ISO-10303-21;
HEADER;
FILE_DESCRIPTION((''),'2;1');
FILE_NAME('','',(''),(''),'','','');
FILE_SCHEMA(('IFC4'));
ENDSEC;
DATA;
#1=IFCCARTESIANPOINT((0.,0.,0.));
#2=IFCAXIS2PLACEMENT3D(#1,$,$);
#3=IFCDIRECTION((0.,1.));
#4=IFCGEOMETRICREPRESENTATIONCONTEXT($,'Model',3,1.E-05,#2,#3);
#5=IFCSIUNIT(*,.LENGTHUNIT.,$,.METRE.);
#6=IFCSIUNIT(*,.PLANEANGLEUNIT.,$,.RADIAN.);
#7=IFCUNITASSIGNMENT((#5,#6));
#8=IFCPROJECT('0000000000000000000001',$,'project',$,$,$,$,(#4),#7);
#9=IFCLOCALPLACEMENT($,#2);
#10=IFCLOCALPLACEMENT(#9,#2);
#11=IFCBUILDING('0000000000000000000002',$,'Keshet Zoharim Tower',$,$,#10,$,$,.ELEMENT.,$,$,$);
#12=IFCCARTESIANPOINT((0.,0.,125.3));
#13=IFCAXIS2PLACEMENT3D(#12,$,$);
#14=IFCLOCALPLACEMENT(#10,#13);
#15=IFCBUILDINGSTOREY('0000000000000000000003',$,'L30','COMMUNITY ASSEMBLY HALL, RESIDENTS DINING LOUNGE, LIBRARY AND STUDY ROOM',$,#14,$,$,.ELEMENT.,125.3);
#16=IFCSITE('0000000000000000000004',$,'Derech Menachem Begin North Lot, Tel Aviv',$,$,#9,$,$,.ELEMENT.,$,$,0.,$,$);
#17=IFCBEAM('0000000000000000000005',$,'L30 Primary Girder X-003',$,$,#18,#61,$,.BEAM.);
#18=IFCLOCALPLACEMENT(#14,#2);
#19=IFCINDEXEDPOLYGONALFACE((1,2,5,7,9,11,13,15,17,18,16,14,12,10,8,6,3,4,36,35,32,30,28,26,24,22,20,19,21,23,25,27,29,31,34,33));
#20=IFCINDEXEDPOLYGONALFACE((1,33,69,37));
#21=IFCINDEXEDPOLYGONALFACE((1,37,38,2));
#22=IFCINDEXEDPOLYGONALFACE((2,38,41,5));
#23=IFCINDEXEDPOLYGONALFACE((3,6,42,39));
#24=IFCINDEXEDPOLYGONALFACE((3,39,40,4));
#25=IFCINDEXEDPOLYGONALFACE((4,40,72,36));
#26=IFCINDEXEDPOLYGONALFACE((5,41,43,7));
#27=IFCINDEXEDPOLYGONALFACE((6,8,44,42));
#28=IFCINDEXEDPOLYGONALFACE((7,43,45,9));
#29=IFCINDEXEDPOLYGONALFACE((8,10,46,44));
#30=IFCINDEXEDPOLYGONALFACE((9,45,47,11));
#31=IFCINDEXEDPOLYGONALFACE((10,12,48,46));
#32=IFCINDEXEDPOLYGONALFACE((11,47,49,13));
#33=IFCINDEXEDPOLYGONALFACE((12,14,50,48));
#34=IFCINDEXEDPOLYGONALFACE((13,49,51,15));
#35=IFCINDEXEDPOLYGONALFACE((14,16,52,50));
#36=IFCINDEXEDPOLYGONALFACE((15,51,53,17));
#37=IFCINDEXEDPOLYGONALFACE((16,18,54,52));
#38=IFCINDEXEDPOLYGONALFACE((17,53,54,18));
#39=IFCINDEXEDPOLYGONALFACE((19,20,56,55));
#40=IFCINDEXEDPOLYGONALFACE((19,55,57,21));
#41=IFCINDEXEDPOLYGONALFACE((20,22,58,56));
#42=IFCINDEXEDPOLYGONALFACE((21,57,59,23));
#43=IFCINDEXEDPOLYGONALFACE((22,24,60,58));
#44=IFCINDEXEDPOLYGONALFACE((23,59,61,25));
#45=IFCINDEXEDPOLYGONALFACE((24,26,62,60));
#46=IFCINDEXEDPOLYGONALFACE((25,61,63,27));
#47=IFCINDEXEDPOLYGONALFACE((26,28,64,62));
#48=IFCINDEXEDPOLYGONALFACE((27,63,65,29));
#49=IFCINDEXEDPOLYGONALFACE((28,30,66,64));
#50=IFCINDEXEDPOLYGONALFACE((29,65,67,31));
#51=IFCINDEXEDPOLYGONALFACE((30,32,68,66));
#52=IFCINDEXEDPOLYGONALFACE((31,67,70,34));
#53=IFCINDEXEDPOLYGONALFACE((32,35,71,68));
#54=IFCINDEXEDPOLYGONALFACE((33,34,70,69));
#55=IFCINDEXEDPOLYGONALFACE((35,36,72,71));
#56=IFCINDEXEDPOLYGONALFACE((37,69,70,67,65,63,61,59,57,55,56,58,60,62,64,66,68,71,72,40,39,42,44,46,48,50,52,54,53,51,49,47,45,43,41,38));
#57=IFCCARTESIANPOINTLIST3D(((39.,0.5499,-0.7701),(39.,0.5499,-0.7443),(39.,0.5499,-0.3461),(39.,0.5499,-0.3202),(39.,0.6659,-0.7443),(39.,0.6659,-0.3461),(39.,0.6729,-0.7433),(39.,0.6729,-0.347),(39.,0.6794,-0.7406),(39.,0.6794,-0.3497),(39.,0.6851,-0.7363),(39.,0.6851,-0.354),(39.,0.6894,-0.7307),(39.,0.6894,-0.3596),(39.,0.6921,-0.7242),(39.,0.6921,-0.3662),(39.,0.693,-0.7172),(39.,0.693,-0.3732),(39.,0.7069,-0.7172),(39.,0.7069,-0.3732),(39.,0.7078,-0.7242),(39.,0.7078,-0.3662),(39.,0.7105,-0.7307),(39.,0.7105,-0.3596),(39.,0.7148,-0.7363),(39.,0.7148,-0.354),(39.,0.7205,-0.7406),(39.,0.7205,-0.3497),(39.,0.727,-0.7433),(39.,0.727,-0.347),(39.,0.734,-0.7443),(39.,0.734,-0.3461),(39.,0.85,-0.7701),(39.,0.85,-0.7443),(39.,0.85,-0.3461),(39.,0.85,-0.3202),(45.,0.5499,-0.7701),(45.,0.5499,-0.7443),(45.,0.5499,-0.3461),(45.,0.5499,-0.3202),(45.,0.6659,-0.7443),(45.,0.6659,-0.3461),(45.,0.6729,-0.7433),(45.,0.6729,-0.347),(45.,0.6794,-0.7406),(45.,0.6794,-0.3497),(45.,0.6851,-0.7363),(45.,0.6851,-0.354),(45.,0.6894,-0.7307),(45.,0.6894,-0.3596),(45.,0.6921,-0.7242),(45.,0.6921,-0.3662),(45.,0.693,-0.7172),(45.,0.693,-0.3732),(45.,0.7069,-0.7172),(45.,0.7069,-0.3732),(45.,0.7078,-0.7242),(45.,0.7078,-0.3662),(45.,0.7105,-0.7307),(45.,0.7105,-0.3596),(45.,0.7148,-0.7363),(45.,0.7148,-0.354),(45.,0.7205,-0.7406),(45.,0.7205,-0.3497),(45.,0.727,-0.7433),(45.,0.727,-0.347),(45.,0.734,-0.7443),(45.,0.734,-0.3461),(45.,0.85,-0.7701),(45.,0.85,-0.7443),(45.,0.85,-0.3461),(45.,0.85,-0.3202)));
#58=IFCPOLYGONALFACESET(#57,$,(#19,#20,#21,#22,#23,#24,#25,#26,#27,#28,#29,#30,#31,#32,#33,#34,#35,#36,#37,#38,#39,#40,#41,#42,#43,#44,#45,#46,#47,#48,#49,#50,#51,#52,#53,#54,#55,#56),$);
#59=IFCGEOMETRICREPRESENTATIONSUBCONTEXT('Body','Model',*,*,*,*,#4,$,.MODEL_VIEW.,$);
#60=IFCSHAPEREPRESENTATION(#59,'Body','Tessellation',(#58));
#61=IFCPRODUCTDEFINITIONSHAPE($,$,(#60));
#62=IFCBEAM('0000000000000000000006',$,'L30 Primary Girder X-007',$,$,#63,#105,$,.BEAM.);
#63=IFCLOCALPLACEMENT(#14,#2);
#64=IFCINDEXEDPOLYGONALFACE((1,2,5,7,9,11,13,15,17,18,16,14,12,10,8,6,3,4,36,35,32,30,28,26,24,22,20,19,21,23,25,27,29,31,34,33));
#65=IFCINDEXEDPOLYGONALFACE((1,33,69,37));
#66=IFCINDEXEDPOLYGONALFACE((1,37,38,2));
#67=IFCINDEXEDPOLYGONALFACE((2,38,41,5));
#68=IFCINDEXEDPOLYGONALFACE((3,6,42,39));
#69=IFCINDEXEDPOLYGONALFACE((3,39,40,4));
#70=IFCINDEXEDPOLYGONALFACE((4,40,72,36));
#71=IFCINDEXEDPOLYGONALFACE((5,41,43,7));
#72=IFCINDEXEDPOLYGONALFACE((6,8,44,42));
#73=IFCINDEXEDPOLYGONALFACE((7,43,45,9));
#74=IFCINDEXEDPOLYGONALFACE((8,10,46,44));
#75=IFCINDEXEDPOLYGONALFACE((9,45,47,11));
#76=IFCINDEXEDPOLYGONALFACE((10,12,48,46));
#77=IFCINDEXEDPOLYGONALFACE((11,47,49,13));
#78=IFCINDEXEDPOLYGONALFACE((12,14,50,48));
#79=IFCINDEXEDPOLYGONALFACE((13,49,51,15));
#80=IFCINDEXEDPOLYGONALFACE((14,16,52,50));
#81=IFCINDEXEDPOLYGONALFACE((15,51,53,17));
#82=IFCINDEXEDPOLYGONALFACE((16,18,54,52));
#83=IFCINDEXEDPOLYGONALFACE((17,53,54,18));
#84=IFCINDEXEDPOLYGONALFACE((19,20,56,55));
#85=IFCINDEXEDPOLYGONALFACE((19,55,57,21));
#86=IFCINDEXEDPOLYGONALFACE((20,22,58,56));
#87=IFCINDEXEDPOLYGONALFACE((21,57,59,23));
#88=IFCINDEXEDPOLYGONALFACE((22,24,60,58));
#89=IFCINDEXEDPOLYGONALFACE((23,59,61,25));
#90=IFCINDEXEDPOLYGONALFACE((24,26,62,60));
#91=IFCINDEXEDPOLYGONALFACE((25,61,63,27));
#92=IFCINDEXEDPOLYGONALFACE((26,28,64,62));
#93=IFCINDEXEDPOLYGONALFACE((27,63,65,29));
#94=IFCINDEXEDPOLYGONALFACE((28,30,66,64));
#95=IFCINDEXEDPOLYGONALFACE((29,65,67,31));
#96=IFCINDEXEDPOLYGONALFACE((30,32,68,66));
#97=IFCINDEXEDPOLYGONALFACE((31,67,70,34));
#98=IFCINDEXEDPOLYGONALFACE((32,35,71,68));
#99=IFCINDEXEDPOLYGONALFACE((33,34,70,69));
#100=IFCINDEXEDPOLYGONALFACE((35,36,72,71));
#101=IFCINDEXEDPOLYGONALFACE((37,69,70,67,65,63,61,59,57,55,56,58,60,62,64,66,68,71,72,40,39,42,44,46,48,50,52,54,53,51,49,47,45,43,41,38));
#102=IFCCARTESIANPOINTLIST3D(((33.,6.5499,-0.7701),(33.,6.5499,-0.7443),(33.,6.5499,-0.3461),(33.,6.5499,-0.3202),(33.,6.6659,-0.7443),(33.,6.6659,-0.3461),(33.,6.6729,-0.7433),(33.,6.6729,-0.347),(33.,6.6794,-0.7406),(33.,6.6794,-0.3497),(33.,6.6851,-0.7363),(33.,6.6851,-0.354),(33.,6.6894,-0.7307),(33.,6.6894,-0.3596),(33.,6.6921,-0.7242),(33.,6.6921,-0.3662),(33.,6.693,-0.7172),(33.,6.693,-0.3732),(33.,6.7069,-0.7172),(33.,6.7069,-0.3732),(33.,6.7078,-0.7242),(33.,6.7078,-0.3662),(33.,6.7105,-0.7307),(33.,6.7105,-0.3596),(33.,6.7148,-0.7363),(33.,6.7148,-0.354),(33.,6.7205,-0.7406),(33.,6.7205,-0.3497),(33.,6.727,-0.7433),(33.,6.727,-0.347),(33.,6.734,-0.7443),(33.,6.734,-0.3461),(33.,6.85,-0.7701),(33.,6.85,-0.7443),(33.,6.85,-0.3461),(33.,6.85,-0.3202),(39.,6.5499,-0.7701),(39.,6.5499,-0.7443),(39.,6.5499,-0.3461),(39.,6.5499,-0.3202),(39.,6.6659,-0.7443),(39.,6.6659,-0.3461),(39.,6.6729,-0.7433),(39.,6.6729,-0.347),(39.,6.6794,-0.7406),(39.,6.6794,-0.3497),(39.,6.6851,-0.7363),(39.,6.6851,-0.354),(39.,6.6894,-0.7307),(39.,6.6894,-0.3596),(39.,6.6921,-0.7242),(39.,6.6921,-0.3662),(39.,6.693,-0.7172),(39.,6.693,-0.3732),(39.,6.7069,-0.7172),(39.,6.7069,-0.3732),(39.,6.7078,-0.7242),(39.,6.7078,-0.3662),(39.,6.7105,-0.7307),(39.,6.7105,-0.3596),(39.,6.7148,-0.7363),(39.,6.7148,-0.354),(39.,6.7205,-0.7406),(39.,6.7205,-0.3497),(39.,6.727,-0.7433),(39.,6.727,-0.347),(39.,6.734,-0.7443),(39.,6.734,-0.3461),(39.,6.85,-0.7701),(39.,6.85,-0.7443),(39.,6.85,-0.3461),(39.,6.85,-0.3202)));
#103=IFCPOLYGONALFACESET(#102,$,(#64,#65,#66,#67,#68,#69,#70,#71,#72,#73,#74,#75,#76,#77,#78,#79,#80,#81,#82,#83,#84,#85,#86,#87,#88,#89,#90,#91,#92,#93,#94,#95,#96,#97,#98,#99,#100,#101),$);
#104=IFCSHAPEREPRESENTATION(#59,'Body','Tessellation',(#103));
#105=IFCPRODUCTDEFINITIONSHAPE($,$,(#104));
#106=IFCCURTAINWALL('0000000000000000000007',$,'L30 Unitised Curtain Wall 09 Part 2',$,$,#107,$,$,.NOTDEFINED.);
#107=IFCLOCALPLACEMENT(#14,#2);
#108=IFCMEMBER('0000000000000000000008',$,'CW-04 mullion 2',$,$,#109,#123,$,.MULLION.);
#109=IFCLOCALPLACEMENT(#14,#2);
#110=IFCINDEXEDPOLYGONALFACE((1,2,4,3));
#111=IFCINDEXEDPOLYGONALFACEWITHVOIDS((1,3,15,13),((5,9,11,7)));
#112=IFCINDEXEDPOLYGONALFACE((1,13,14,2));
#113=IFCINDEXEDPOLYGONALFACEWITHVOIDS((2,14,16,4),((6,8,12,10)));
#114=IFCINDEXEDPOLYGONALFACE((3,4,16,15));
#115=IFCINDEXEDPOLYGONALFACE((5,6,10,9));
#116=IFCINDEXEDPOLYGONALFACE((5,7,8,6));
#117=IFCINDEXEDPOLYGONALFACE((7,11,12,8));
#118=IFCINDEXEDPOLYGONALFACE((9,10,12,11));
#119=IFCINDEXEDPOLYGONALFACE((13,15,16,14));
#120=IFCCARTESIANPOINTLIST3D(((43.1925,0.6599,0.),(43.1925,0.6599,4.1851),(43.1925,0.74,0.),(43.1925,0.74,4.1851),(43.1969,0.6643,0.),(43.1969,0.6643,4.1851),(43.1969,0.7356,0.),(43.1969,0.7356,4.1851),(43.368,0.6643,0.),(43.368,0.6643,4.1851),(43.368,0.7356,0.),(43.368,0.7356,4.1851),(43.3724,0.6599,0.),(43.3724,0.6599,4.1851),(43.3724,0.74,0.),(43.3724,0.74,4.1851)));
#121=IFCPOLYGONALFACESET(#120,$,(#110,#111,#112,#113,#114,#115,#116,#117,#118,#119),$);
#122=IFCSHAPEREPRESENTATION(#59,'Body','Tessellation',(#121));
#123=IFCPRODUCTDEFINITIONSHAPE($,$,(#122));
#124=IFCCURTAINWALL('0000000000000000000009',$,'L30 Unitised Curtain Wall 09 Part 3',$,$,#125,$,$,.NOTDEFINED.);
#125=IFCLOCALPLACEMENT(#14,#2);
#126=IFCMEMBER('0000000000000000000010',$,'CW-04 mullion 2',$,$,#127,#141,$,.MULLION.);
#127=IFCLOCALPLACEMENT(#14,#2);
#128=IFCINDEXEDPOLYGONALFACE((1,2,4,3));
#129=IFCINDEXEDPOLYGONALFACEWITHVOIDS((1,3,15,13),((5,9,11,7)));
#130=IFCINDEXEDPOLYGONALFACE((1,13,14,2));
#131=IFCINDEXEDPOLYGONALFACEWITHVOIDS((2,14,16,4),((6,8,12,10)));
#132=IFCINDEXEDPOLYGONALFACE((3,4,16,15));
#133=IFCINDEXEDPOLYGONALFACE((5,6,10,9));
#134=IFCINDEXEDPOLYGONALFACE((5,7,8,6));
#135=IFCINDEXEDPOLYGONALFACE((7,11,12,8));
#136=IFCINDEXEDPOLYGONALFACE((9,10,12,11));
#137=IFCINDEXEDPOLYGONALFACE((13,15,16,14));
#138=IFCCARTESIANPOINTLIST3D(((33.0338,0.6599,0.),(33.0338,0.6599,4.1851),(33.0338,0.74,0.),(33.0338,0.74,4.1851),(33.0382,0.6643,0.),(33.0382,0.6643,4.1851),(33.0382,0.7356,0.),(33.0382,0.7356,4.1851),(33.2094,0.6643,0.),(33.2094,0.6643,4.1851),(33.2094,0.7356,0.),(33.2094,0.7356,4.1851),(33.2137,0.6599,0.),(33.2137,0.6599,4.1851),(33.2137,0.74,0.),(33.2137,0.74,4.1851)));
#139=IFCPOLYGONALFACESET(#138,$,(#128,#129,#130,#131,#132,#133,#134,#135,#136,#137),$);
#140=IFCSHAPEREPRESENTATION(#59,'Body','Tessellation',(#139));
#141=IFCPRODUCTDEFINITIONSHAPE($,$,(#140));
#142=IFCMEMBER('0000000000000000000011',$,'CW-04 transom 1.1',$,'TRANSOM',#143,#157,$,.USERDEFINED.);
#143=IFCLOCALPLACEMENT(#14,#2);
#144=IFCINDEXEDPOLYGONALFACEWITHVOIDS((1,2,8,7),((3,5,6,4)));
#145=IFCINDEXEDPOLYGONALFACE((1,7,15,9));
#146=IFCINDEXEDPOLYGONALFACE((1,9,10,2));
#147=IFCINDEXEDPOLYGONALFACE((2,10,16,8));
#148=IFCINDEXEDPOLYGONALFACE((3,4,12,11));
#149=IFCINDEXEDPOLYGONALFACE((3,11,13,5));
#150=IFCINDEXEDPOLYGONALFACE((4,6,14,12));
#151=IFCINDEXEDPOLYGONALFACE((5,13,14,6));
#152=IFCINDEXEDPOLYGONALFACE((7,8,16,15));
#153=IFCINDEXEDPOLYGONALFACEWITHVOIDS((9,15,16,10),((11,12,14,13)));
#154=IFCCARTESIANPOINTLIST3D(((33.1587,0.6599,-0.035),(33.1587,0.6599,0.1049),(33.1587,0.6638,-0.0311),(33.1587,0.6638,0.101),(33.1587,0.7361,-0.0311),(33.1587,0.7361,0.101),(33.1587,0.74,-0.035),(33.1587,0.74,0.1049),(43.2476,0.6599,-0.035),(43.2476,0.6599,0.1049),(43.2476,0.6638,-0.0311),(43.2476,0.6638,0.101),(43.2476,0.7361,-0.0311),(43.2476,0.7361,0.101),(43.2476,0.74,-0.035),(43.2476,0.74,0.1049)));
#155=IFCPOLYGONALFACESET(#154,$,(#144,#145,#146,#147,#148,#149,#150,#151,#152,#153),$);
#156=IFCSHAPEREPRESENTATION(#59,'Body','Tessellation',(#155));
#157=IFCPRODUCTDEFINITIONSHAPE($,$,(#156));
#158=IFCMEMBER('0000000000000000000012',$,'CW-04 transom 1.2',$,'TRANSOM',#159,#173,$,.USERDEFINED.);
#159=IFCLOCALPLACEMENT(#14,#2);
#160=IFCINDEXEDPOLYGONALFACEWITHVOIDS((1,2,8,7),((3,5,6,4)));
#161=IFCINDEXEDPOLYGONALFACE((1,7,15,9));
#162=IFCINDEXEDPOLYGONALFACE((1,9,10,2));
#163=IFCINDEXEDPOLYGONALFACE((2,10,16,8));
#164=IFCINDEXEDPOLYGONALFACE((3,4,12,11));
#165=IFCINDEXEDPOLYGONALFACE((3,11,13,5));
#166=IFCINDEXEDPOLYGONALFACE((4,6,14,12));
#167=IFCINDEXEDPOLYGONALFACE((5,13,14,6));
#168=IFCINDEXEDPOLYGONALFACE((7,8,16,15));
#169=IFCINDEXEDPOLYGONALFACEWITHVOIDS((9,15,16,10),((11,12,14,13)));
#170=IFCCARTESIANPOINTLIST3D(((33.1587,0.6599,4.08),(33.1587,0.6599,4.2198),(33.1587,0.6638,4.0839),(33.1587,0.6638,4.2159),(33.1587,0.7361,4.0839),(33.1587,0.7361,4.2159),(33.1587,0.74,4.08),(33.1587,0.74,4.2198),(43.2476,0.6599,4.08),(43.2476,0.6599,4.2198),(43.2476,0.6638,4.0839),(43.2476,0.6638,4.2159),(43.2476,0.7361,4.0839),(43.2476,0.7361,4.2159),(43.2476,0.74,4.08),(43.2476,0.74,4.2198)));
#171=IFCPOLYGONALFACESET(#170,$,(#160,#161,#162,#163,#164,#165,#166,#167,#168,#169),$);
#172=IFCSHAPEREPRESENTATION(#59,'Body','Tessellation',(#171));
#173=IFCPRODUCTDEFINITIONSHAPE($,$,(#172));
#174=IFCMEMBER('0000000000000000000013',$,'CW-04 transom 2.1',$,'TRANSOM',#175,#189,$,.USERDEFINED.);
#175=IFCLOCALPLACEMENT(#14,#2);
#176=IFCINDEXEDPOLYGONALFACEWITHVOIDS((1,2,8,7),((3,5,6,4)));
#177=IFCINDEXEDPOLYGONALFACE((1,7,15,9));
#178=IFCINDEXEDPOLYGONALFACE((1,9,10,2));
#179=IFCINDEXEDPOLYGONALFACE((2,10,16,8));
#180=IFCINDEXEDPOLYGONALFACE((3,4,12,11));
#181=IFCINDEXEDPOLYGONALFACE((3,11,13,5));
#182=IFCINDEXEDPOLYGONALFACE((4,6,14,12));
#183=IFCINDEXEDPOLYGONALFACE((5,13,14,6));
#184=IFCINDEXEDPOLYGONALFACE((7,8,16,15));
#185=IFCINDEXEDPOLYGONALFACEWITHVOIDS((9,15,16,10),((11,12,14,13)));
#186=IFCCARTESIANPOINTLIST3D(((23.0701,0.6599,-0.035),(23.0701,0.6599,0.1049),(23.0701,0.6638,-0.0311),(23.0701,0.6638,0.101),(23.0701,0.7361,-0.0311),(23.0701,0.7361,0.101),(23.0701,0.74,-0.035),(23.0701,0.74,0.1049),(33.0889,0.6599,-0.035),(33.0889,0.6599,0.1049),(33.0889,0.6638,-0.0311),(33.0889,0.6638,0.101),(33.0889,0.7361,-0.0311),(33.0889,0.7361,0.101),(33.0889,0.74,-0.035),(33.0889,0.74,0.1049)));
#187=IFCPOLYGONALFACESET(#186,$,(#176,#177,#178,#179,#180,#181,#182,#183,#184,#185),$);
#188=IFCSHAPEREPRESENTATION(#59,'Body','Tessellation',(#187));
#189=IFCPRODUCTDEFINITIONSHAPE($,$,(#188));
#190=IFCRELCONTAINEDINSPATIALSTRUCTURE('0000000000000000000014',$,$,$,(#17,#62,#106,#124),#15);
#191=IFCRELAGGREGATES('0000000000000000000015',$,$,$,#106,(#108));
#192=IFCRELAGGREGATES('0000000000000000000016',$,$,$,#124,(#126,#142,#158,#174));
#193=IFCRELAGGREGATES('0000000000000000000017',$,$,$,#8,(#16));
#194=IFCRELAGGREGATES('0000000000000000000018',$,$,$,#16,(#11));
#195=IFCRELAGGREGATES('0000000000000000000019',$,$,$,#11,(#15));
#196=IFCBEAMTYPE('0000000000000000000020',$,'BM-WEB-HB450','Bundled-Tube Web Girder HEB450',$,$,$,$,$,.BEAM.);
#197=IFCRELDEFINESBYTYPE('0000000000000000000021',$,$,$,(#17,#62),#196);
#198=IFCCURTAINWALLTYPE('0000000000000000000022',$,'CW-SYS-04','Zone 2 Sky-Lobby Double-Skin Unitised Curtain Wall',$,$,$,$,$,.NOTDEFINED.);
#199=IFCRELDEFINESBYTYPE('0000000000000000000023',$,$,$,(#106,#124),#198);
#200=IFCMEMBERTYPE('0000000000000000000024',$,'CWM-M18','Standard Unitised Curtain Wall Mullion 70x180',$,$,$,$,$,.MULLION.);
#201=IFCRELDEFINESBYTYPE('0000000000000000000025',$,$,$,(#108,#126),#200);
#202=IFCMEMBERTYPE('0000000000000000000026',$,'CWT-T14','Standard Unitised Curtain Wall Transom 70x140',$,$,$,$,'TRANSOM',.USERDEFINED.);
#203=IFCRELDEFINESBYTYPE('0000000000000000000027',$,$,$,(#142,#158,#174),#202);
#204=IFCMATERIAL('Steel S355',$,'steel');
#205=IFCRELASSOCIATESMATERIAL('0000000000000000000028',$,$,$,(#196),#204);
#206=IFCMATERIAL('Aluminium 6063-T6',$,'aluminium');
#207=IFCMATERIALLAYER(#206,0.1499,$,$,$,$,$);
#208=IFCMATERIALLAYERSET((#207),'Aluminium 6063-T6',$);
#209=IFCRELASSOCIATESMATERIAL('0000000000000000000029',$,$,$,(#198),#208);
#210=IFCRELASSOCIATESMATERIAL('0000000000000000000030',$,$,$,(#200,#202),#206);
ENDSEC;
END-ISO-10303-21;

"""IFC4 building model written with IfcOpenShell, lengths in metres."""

from ifc_helpers import new_model, si_unit, direction, frame, origin, origin_2d, place, context, subcontext, project, spatial, hollow_rectangle, i_section, extrude, material, layer, layer_set, material_profile, profile_set, type_object, element, aggregate, save


model = new_model("IFC4")

# Units and contexts
model_context = context("Model", 3, precision=1e-05, world=origin(), true_north=direction((0.0, 1.0)))
body_context = subcontext(model_context, "Body", "Model", "MODEL_VIEW")
ifc_project = project(units=[si_unit("LENGTHUNIT", "METRE"), si_unit("PLANEANGLEUNIT", "RADIAN")], contexts=[model_context])

# Site, building, storey
site_placement = place(None, origin())
site = spatial("IfcSite", under=ifc_project, at=site_placement, Name="Derech Menachem Begin North Lot, Tel Aviv", CompositionType="ELEMENT", RefElevation=0.0)
building_placement = place(site_placement, origin())
building = spatial("IfcBuilding", under=site, at=building_placement, Name="Keshet Zoharim Tower", CompositionType="ELEMENT")
storey_placement = place(building_placement, frame((0.0, 0.0, 125.3)))
storey = spatial("IfcBuildingStorey", under=building, at=storey_placement, Name="L30", Description="COMMUNITY ASSEMBLY HALL, RESIDENTS DINING LOUNGE, LIBRARY AND STUDY ROOM", CompositionType="ELEMENT", Elevation=125.3)

# Shared definitions
ifc_material_1 = material(Name="Steel S355", Category="steel")

# Beams
ifc_material_profile_1 = material_profile(ifc_material_1, i_section(OverallWidth=0.3, OverallDepth=0.45, WebThickness=0.0139, FlangeThickness=0.0259, FilletRadius=0.0271, at=origin_2d()), Name="HEB450")
ifc_profile_set_1 = profile_set([ifc_material_profile_1], Name="Steel S355")
beam_type_1 = type_object("IfcBeamType", Name="BM-WEB-HB450", Description="Bundled-Tube Web Girder HEB450", PredefinedType="BEAM", material=ifc_profile_set_1)
for number, where, z_axis, x_axis, name in (
    (1, (39.0, 0.7, -0.5452), (1.0, 0.0, 0.0), (0.0, 1.0, 0.0), "L30 Primary Girder X-003"),
    (2, (33.0, 6.7, -0.5452), (1.0, 0.0, 0.0), (0.0, 1.0, 0.0), "L30 Primary Girder X-007"),
):
    element("IfcBeam", number, at=place(storey_placement, frame(where, z_axis=z_axis, x_axis=x_axis)), inside=storey, type_object=beam_type_1, Name=name, PredefinedType="BEAM", context=body_context, shape_type="SweptSolid", body=[
        extrude(i_section(OverallWidth=0.3, OverallDepth=0.45, WebThickness=0.0139, FlangeThickness=0.0259, FilletRadius=0.0271, at=origin_2d()), origin(), (0.0, 0.0, 1.0), 6.0),
    ])

# Curtain wall, member
ifc_material_2 = material(Name="Aluminium 6063-T6", Category="aluminium")
ifc_layer_1 = layer(ifc_material_2, 0.1499)
ifc_layer_set_1 = layer_set([ifc_layer_1], Name="Aluminium 6063-T6")
curtain_wall_type = type_object("IfcCurtainWallType", Name="CW-SYS-04", Description="Zone 2 Sky-Lobby Double-Skin Unitised Curtain Wall", PredefinedType="NOTDEFINED", material=ifc_layer_set_1)
curtain_wall_1_placement = place(storey_placement, origin())
curtain_wall_1 = element("IfcCurtainWall", 3, at=curtain_wall_1_placement, inside=storey, type_object=curtain_wall_type, Name="L30 Unitised Curtain Wall 09 Part 2", PredefinedType="NOTDEFINED")
ifc_material_profile_2 = material_profile(ifc_material_2, hollow_rectangle(XDim=0.0801, YDim=0.1799, WallThickness=0.0044, at=origin_2d()), Name="MUL-80x180")
ifc_profile_set_2 = profile_set([ifc_material_profile_2], Name="Aluminium 6063-T6")
member_type_1 = type_object("IfcMemberType", Name="CWM-M18", Description="Standard Unitised Curtain Wall Mullion 70x180", PredefinedType="MULLION", material=ifc_profile_set_2)
member_1_placement = place(storey_placement, frame((43.2825, 0.7, 0.0), z_axis=(0.0, 0.0, 1.0), x_axis=(0.0, -1.0, 0.0)))
member_1 = element("IfcMember", 4, at=member_1_placement, type_object=member_type_1, Name="CW-04 mullion 2", PredefinedType="MULLION", context=body_context, shape_type="SweptSolid", body=[
    extrude(hollow_rectangle(XDim=0.0801, YDim=0.1799, WallThickness=0.0044, at=origin_2d()), origin(), (0.0, 0.0, 1.0), 4.1851),
])
aggregate(curtain_wall_1, [member_1])

# Curtain wall, members
curtain_wall_2_placement = place(storey_placement, origin())
curtain_wall_2 = element("IfcCurtainWall", 5, at=curtain_wall_2_placement, inside=storey, type_object=curtain_wall_type, Name="L30 Unitised Curtain Wall 09 Part 3", PredefinedType="NOTDEFINED")
member_2_placement = place(storey_placement, frame((33.1238, 0.7, 0.0), z_axis=(0.0, 0.0, 1.0), x_axis=(0.0, -1.0, 0.0)))
member_2 = element("IfcMember", 6, at=member_2_placement, type_object=member_type_1, Name="CW-04 mullion 2", PredefinedType="MULLION", context=body_context, shape_type="SweptSolid", body=[
    extrude(hollow_rectangle(XDim=0.0801, YDim=0.1799, WallThickness=0.0044, at=origin_2d()), origin(), (0.0, 0.0, 1.0), 4.1851),
])
ifc_material_profile_3 = material_profile(ifc_material_2, hollow_rectangle(XDim=0.0801, YDim=0.1399, WallThickness=0.0039, at=origin_2d()), Name="TRN-80x140")
ifc_profile_set_3 = profile_set([ifc_material_profile_3], Name="Aluminium 6063-T6")
member_type_2 = type_object("IfcMemberType", Name="CWT-T14", Description="Standard Unitised Curtain Wall Transom 70x140", ElementType="TRANSOM", PredefinedType="USERDEFINED", material=ifc_profile_set_3)
member_3_placement = place(storey_placement, frame((43.2476, 0.7, 0.0349), z_axis=(-1.0, 0.0, 0.0), x_axis=(0.0, -1.0, 0.0)))
member_3 = element("IfcMember", 7, at=member_3_placement, type_object=member_type_2, Name="CW-04 transom 1.1", ObjectType="TRANSOM", PredefinedType="USERDEFINED", context=body_context, shape_type="SweptSolid", body=[
    extrude(hollow_rectangle(XDim=0.0801, YDim=0.1399, WallThickness=0.0039, at=origin_2d()), origin(), (0.0, 0.0, 1.0), 10.0889),
])
member_4_placement = place(storey_placement, frame((43.2476, 0.7, 4.1499), z_axis=(-1.0, 0.0, 0.0), x_axis=(0.0, -1.0, 0.0)))
member_4 = element("IfcMember", 8, at=member_4_placement, type_object=member_type_2, Name="CW-04 transom 1.2", ObjectType="TRANSOM", PredefinedType="USERDEFINED", context=body_context, shape_type="SweptSolid", body=[
    extrude(hollow_rectangle(XDim=0.0801, YDim=0.1399, WallThickness=0.0039, at=origin_2d()), origin(), (0.0, 0.0, 1.0), 10.0889),
])
member_5_placement = place(storey_placement, frame((33.0889, 0.7, 0.0349), z_axis=(-1.0, 0.0, 0.0), x_axis=(0.0, -1.0, 0.0)))
member_5 = element("IfcMember", 9, at=member_5_placement, type_object=member_type_2, Name="CW-04 transom 2.1", ObjectType="TRANSOM", PredefinedType="USERDEFINED", context=body_context, shape_type="SweptSolid", body=[
    extrude(hollow_rectangle(XDim=0.0801, YDim=0.1399, WallThickness=0.0039, at=origin_2d()), origin(), (0.0, 0.0, 1.0), 10.0188),
])
aggregate(curtain_wall_2, [member_2, member_3, member_4, member_5])

save(model, "model.ifc")
